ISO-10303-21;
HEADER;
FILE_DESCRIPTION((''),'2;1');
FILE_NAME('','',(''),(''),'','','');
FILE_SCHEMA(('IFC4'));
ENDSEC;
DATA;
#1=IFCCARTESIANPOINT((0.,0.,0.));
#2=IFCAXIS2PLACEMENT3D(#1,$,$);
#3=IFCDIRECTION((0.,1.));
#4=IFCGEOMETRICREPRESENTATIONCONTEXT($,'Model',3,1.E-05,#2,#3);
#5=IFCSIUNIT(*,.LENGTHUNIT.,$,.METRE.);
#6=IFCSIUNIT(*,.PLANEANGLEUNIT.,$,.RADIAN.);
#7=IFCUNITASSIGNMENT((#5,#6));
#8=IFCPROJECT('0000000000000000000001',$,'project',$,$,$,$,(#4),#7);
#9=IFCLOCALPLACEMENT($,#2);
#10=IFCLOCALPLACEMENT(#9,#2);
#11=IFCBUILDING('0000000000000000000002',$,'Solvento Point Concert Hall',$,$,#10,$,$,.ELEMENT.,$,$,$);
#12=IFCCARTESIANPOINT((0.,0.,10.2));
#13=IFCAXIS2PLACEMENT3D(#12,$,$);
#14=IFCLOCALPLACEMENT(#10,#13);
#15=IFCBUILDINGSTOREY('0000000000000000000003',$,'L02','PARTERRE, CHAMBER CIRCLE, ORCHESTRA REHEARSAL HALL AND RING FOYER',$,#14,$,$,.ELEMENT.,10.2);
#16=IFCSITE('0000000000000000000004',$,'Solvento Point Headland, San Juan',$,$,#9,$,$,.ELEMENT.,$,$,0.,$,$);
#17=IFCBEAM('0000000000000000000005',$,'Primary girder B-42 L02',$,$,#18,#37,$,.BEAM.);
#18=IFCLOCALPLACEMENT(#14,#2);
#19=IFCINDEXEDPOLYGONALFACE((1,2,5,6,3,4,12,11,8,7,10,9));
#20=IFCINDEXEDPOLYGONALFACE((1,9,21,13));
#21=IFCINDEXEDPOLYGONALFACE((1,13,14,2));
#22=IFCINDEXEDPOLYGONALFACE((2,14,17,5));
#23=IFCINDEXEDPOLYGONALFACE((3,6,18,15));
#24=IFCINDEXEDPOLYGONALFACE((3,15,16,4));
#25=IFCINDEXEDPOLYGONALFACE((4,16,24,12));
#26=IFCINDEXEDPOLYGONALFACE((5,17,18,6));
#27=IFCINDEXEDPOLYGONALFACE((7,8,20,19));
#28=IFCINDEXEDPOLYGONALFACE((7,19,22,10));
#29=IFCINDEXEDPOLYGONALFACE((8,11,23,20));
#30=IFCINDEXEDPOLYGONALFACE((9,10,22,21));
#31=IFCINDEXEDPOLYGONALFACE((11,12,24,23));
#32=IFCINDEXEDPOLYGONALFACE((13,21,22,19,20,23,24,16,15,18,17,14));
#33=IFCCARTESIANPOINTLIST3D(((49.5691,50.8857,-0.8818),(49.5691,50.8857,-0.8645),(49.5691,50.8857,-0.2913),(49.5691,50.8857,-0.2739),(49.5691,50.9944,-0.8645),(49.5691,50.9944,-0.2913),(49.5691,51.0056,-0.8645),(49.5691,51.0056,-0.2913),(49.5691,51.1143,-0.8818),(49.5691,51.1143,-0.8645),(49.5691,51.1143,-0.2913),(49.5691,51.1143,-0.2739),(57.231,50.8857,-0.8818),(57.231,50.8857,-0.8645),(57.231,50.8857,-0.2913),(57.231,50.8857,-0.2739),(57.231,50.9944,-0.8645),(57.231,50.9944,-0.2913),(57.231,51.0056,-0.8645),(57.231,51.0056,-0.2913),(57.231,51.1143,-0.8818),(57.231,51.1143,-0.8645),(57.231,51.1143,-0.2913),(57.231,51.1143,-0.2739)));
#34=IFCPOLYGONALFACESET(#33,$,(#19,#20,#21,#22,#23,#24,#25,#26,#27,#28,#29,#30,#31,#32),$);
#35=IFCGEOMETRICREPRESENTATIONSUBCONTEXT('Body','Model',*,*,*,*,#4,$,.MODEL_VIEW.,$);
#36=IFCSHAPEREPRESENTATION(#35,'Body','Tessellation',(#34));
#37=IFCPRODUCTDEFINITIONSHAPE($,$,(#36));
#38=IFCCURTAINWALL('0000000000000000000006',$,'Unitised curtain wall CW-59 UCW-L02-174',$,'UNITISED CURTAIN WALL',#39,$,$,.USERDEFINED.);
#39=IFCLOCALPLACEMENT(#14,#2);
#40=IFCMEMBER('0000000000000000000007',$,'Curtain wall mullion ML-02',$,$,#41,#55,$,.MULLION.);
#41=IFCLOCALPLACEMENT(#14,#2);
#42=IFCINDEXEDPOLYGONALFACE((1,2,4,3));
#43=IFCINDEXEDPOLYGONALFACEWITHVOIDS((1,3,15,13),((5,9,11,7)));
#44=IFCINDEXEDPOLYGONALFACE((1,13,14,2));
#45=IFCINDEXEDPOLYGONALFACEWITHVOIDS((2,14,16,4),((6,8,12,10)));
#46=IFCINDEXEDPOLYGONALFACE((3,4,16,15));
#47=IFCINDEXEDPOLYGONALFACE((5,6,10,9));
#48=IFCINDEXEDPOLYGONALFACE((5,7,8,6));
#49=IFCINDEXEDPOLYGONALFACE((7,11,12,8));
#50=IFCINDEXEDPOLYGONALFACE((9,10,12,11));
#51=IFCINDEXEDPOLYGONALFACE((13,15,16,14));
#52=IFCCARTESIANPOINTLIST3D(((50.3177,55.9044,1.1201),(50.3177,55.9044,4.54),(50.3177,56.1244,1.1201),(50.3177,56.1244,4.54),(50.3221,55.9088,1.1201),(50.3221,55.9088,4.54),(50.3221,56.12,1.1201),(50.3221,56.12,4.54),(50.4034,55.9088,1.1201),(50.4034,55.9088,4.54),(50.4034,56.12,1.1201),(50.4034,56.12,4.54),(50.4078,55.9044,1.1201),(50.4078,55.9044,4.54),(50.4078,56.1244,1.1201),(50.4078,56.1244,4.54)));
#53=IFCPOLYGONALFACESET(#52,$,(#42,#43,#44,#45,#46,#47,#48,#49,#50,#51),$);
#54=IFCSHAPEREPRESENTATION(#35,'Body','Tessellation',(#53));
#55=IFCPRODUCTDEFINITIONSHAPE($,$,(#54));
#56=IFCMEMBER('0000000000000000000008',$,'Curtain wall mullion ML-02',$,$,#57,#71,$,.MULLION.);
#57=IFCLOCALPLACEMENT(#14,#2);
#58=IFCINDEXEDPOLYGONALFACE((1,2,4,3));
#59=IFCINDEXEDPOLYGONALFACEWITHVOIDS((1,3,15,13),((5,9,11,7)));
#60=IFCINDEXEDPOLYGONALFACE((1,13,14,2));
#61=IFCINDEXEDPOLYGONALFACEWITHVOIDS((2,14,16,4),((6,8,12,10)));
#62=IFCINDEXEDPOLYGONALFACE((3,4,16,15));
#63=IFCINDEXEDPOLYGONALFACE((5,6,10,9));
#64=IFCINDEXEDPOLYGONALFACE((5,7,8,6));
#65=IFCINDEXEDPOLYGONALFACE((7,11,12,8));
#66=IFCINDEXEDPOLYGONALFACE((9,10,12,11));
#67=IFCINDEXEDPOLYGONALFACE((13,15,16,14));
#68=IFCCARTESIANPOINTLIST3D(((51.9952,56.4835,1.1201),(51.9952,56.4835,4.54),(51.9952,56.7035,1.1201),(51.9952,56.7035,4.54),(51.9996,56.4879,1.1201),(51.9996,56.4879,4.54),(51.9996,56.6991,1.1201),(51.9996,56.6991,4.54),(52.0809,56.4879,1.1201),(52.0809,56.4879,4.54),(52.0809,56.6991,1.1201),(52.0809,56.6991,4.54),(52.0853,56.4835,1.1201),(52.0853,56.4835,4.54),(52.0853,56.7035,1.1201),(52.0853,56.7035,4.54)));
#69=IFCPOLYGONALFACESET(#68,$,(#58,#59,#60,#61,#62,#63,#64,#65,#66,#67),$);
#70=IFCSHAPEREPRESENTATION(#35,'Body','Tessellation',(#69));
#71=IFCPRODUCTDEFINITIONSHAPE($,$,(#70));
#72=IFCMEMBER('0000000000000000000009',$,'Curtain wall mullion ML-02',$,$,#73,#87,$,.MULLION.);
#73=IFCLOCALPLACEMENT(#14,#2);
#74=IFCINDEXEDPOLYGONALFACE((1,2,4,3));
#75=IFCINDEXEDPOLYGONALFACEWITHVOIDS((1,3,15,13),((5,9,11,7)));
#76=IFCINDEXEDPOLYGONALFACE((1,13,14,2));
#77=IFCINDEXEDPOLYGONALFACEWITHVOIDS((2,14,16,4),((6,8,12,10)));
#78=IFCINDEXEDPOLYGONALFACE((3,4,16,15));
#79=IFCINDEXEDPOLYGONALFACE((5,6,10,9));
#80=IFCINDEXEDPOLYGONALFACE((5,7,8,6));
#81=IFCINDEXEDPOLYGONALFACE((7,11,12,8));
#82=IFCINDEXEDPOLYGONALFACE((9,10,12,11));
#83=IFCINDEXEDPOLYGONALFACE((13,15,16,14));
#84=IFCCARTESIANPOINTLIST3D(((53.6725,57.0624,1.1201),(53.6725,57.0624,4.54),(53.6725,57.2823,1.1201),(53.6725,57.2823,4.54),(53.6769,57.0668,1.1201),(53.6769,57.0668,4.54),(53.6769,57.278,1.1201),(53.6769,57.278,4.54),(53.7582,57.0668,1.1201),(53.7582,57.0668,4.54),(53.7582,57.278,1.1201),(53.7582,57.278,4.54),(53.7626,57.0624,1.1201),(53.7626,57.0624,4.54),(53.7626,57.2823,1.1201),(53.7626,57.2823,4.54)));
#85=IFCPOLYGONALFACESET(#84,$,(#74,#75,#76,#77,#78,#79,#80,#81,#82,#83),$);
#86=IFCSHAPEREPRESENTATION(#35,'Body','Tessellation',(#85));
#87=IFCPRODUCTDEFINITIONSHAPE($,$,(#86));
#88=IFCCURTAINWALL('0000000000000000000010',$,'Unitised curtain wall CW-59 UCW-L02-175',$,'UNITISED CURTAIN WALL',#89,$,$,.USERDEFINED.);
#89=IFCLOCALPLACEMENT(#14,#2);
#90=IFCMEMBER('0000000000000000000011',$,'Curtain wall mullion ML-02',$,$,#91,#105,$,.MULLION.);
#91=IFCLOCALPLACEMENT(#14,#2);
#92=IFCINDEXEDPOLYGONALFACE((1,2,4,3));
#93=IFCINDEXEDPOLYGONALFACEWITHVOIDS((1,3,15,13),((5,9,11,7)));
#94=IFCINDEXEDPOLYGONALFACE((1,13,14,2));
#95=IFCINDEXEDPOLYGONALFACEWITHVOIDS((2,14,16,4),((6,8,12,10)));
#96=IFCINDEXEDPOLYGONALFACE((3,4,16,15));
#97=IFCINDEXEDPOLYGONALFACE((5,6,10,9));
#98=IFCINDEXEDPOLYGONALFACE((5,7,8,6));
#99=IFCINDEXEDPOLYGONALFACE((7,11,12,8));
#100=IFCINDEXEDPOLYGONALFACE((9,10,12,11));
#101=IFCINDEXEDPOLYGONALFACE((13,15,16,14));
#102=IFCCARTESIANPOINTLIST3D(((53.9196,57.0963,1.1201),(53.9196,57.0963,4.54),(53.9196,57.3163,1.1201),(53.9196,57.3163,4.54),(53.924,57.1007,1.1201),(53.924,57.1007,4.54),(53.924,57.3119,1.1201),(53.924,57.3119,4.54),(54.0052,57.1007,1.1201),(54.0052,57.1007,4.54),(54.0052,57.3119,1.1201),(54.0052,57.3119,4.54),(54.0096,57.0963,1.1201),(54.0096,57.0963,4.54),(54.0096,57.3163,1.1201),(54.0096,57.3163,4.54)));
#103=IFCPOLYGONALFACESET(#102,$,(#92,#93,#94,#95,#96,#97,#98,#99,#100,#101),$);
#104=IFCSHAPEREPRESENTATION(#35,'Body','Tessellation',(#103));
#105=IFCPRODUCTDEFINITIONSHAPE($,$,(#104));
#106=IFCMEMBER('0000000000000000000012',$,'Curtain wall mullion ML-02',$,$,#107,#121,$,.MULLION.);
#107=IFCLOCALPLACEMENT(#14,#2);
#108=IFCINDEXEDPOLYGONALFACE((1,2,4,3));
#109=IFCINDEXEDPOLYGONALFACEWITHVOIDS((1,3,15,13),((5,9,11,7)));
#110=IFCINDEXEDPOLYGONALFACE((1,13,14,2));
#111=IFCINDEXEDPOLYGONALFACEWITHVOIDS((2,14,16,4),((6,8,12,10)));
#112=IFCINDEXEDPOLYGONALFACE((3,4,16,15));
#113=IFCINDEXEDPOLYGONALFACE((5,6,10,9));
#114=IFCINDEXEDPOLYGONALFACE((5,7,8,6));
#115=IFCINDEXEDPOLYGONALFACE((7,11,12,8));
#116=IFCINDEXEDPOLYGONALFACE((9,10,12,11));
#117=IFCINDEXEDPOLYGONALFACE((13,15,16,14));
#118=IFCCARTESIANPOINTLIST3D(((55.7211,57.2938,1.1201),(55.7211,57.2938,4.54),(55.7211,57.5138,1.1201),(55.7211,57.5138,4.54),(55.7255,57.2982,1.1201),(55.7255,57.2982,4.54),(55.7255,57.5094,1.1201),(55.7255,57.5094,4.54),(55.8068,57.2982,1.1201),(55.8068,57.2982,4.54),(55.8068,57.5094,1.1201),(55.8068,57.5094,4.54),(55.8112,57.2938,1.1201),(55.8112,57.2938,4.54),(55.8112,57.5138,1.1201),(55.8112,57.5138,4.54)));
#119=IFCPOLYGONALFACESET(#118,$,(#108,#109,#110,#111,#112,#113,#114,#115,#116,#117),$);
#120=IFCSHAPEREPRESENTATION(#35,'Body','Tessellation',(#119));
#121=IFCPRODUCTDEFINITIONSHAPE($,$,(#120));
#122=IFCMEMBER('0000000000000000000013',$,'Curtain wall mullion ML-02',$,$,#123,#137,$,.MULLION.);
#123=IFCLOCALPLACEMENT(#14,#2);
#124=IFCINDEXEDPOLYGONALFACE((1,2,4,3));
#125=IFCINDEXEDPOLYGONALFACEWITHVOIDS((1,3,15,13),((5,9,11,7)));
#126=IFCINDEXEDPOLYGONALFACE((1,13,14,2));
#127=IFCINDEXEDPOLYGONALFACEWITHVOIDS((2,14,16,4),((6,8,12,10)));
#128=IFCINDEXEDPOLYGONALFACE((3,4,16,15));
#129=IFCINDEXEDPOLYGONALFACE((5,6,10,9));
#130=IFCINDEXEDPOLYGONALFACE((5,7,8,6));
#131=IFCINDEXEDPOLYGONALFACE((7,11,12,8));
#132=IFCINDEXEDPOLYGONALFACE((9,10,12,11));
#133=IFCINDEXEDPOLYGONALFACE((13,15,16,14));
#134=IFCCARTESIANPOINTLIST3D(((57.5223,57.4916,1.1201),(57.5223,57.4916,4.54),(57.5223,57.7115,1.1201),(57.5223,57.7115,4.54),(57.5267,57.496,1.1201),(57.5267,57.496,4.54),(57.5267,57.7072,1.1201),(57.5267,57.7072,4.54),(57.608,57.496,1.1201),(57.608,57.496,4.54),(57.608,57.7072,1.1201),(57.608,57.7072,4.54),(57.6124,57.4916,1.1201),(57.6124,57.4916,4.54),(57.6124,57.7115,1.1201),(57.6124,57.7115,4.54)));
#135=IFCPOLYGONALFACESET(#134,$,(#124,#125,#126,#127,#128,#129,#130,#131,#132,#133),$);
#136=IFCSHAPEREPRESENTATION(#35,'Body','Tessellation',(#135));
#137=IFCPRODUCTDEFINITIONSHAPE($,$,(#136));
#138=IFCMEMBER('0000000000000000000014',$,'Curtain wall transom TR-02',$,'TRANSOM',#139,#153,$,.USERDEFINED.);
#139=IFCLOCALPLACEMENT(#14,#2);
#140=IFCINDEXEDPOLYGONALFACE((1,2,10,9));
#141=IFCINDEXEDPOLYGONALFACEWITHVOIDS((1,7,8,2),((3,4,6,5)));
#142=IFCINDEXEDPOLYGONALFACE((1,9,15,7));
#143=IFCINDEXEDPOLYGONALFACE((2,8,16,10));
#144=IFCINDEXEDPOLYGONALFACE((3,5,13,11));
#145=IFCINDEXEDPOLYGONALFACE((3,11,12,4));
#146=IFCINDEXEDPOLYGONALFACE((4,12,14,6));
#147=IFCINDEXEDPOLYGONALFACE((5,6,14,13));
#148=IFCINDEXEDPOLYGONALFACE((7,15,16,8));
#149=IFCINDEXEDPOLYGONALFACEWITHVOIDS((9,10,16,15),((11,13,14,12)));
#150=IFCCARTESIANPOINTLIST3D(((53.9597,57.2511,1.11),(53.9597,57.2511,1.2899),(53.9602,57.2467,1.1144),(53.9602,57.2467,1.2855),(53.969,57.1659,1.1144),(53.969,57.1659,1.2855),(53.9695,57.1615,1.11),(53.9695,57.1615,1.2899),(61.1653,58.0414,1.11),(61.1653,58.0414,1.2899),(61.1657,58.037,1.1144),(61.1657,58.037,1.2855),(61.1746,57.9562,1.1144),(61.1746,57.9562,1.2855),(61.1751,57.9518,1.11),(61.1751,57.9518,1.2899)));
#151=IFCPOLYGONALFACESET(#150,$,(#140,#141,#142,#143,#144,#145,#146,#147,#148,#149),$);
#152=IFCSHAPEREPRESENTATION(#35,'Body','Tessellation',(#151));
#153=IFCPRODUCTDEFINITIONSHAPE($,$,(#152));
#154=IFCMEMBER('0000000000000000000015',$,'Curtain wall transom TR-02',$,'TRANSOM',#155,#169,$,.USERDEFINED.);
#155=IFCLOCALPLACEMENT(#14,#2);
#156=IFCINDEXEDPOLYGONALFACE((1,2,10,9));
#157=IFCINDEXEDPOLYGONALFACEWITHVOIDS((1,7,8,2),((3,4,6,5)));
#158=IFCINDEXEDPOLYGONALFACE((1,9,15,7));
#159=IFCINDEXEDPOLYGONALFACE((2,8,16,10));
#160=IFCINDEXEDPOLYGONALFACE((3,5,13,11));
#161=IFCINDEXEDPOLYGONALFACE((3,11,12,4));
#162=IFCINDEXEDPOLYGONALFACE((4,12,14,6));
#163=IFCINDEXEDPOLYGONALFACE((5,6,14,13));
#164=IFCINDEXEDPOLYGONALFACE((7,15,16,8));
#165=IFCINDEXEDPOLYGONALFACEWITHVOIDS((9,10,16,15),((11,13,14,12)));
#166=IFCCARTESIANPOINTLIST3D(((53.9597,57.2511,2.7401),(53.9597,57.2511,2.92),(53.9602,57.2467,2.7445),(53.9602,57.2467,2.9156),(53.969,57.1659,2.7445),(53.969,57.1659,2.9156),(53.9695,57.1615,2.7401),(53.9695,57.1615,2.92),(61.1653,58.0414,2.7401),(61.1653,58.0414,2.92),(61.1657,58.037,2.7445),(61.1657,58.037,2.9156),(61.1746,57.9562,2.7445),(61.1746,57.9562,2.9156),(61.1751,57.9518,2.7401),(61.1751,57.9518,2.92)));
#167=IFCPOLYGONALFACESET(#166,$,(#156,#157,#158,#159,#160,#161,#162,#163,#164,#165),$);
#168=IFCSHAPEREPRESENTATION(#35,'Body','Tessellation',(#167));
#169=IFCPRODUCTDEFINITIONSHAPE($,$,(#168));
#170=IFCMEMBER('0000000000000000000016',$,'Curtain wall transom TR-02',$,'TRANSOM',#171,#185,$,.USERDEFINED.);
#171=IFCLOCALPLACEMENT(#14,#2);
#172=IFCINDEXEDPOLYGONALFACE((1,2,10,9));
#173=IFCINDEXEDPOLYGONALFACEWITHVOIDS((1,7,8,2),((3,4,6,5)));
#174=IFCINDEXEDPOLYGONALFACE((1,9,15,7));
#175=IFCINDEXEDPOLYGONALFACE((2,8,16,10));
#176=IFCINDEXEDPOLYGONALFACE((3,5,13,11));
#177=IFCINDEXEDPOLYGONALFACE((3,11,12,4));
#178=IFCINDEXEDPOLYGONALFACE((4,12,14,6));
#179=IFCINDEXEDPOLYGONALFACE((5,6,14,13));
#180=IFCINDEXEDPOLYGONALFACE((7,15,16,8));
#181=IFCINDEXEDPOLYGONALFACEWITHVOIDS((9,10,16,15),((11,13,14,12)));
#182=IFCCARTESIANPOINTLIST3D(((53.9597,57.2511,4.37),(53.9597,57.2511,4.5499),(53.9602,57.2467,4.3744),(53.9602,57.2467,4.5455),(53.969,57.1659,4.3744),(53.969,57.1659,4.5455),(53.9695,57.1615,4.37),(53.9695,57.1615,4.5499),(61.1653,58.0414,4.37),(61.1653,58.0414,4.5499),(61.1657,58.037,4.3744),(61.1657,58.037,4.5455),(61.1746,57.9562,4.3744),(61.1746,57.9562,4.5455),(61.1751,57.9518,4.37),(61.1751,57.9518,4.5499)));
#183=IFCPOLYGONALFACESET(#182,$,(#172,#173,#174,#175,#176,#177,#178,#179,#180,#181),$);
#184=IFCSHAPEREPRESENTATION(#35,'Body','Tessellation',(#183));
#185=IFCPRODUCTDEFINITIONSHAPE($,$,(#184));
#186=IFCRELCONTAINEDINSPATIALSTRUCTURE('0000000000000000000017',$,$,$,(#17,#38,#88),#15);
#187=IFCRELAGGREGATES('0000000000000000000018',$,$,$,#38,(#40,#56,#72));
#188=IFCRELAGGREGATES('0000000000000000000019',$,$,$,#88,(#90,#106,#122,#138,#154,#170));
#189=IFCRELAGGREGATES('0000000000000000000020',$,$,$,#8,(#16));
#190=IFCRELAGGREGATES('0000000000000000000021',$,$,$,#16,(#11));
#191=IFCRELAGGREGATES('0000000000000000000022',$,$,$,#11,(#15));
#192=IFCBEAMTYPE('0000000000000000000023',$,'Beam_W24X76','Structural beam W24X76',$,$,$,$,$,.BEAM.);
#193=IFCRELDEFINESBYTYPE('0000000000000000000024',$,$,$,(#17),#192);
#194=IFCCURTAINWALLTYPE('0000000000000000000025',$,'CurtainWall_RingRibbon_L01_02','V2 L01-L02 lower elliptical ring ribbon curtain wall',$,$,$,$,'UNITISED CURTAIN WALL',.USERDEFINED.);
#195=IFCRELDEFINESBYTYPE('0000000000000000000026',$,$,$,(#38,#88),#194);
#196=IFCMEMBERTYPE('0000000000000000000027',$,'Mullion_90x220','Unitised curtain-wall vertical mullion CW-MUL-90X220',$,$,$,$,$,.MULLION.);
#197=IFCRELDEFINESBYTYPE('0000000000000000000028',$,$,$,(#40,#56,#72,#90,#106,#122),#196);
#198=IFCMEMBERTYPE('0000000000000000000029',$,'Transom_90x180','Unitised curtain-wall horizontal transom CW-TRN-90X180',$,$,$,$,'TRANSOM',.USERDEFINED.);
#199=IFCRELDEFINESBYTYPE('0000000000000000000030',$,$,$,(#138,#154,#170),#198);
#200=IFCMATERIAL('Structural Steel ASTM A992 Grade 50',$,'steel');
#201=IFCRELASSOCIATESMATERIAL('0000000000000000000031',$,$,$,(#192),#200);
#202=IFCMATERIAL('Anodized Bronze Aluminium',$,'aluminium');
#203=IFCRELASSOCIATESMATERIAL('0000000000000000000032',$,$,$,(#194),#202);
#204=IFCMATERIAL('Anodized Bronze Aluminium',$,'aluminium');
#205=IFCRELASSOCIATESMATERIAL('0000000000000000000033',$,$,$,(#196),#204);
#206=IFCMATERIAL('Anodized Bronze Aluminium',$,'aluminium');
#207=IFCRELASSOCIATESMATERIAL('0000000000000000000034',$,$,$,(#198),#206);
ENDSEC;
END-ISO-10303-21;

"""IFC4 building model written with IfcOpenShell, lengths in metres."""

from ifc_helpers import new_model, si_unit, direction, frame, origin, origin_2d, place, context, subcontext, project, spatial, hollow_rectangle, i_section, extrude, material, material_profile, profile_set, type_object, element, aggregate, save


model = new_model("IFC4")

# Units and contexts
model_context = context("Model", 3, precision=1e-05, world=origin(), true_north=direction((0.0, 1.0)))
body_context = subcontext(model_context, "Body", "Model", "MODEL_VIEW")
ifc_project = project(units=[si_unit("LENGTHUNIT", "METRE"), si_unit("PLANEANGLEUNIT", "RADIAN")], contexts=[model_context])

# Site, building, storey
site_placement = place(None, origin())
site = spatial("IfcSite", under=ifc_project, at=site_placement, Name="Solvento Point Headland, San Juan", CompositionType="ELEMENT", RefElevation=0.0)
building_placement = place(site_placement, origin())
building = spatial("IfcBuilding", under=site, at=building_placement, Name="Solvento Point Concert Hall", CompositionType="ELEMENT")
storey_placement = place(building_placement, frame((0.0, 0.0, 10.2)))
storey = spatial("IfcBuildingStorey", under=building, at=storey_placement, Name="L02", Description="PARTERRE, CHAMBER CIRCLE, ORCHESTRA REHEARSAL HALL AND RING FOYER", CompositionType="ELEMENT", Elevation=10.2)

# Beam
ifc_material_1 = material(Name="Structural Steel ASTM A992 Grade 50", Category="steel")
ifc_material_profile_1 = material_profile(ifc_material_1, i_section(OverallWidth=0.2285, OverallDepth=0.6079, WebThickness=0.0112, FlangeThickness=0.0173, at=origin_2d()), Name="W24X76")
ifc_profile_set_1 = profile_set([ifc_material_profile_1], Name="Structural Steel ASTM A992 Grade 50")
beam_type = type_object("IfcBeamType", Name="Beam_W24X76", Description="Structural beam W24X76", PredefinedType="BEAM", material=ifc_profile_set_1)
beam_placement = place(storey_placement, frame((49.5691, 51.0, -0.5779), z_axis=(1.0, 0.0, 0.0), x_axis=(0.0, 1.0, 0.0)))
element("IfcBeam", 1, at=beam_placement, inside=storey, type_object=beam_type, Name="Primary girder B-42 L02", PredefinedType="BEAM", context=body_context, shape_type="SweptSolid", body=[
    extrude(i_section(OverallWidth=0.2285, OverallDepth=0.6079, WebThickness=0.0112, FlangeThickness=0.0173, at=origin_2d()), origin(), (0.0, 0.0, 1.0), 7.6619),
])

# Curtain walls, members
ifc_material_2 = material(Name="Anodized Bronze Aluminium", Category="aluminium")
curtain_wall_type = type_object("IfcCurtainWallType", Name="CurtainWall_RingRibbon_L01_02", Description="V2 L01-L02 lower elliptical ring ribbon curtain wall", ElementType="UNITISED CURTAIN WALL", PredefinedType="USERDEFINED", material=ifc_material_2)
curtain_wall_1_placement = place(storey_placement, origin())
curtain_wall_1 = element("IfcCurtainWall", 2, at=curtain_wall_1_placement, inside=storey, type_object=curtain_wall_type, Name="Unitised curtain wall CW-59 UCW-L02-174", ObjectType="UNITISED CURTAIN WALL", PredefinedType="USERDEFINED")
ifc_material_3 = material(Name="Anodized Bronze Aluminium", Category="aluminium")
ifc_material_profile_2 = material_profile(ifc_material_3, hollow_rectangle(XDim=0.0901, YDim=0.22, WallThickness=0.0044, at=origin_2d()), Name="CW-MUL-90X220")
ifc_profile_set_2 = profile_set([ifc_material_profile_2], Name="Anodized Bronze Aluminium")
member_type_1 = type_object("IfcMemberType", Name="Mullion_90x220", Description="Unitised curtain-wall vertical mullion CW-MUL-90X220", PredefinedType="MULLION", material=ifc_profile_set_2)
member_1_placement = place(storey_placement, frame((50.3628, 56.0144, 1.1201), z_axis=(0.0, 0.0, 1.0), x_axis=(1.0, 0.0, 0.0)))
member_1 = element("IfcMember", 3, at=member_1_placement, type_object=member_type_1, Name="Curtain wall mullion ML-02", PredefinedType="MULLION", context=body_context, shape_type="SweptSolid", body=[
    extrude(hollow_rectangle(XDim=0.0901, YDim=0.22, WallThickness=0.0044, at=origin_2d()), origin(), (0.0, 0.0, 1.0), 3.4199),
])
member_2_placement = place(storey_placement, frame((52.0403, 56.5935, 1.1201), z_axis=(0.0, 0.0, 1.0), x_axis=(1.0, 0.0, 0.0)))
member_2 = element("IfcMember", 4, at=member_2_placement, type_object=member_type_1, Name="Curtain wall mullion ML-02", PredefinedType="MULLION", context=body_context, shape_type="SweptSolid", body=[
    extrude(hollow_rectangle(XDim=0.0901, YDim=0.22, WallThickness=0.0044, at=origin_2d()), origin(), (0.0, 0.0, 1.0), 3.4199),
])
member_3_placement = place(storey_placement, frame((53.7175, 57.1724, 1.1201), z_axis=(0.0, 0.0, 1.0), x_axis=(1.0, 0.0, 0.0)))
member_3 = element("IfcMember", 5, at=member_3_placement, type_object=member_type_1, Name="Curtain wall mullion ML-02", PredefinedType="MULLION", context=body_context, shape_type="SweptSolid", body=[
    extrude(hollow_rectangle(XDim=0.0901, YDim=0.22, WallThickness=0.0044, at=origin_2d()), origin(), (0.0, 0.0, 1.0), 3.4199),
])
curtain_wall_2_placement = place(storey_placement, origin())
curtain_wall_2 = element("IfcCurtainWall", 6, at=curtain_wall_2_placement, inside=storey, type_object=curtain_wall_type, Name="Unitised curtain wall CW-59 UCW-L02-175", ObjectType="UNITISED CURTAIN WALL", PredefinedType="USERDEFINED")
member_4_placement = place(storey_placement, frame((53.9646, 57.2063, 1.1201), z_axis=(0.0, 0.0, 1.0), x_axis=(1.0, 0.0, 0.0)))
member_4 = element("IfcMember", 7, at=member_4_placement, type_object=member_type_1, Name="Curtain wall mullion ML-02", PredefinedType="MULLION", context=body_context, shape_type="SweptSolid", body=[
    extrude(hollow_rectangle(XDim=0.0901, YDim=0.22, WallThickness=0.0044, at=origin_2d()), origin(), (0.0, 0.0, 1.0), 3.4199),
])
member_5_placement = place(storey_placement, frame((55.7661, 57.4038, 1.1201), z_axis=(0.0, 0.0, 1.0), x_axis=(1.0, 0.0, 0.0)))
member_5 = element("IfcMember", 8, at=member_5_placement, type_object=member_type_1, Name="Curtain wall mullion ML-02", PredefinedType="MULLION", context=body_context, shape_type="SweptSolid", body=[
    extrude(hollow_rectangle(XDim=0.0901, YDim=0.22, WallThickness=0.0044, at=origin_2d()), origin(), (0.0, 0.0, 1.0), 3.4199),
])
member_6_placement = place(storey_placement, frame((57.5674, 57.6016, 1.1201), z_axis=(0.0, 0.0, 1.0), x_axis=(1.0, 0.0, 0.0)))
member_6 = element("IfcMember", 9, at=member_6_placement, type_object=member_type_1, Name="Curtain wall mullion ML-02", PredefinedType="MULLION", context=body_context, shape_type="SweptSolid", body=[
    extrude(hollow_rectangle(XDim=0.0901, YDim=0.22, WallThickness=0.0044, at=origin_2d()), origin(), (0.0, 0.0, 1.0), 3.4199),
])
ifc_material_4 = material(Name="Anodized Bronze Aluminium", Category="aluminium")
ifc_material_profile_3 = material_profile(ifc_material_4, hollow_rectangle(XDim=0.0901, YDim=0.1799, WallThickness=0.0044, at=origin_2d()), Name="CW-TRN-90X180")
ifc_profile_set_3 = profile_set([ifc_material_profile_3], Name="Anodized Bronze Aluminium")
member_type_2 = type_object("IfcMemberType", Name="Transom_90x180", Description="Unitised curtain-wall horizontal transom CW-TRN-90X180", ElementType="TRANSOM", PredefinedType="USERDEFINED", material=ifc_profile_set_3)
member_7_placement = place(storey_placement, frame((53.9646, 57.2063, 1.2), z_axis=(0.994039, 0.109023, 0.0), x_axis=(-0.109023, 0.994039, 0.0)))
member_7 = element("IfcMember", 10, at=member_7_placement, type_object=member_type_2, Name="Curtain wall transom TR-02", ObjectType="TRANSOM", PredefinedType="USERDEFINED", context=body_context, shape_type="SweptSolid", body=[
    extrude(hollow_rectangle(XDim=0.0901, YDim=0.1799, WallThickness=0.0044, at=origin_2d()), origin(), (0.0, 0.0, 1.0), 7.2488),
])
member_8_placement = place(storey_placement, frame((53.9646, 57.2063, 2.8301), z_axis=(0.994039, 0.109023, 0.0), x_axis=(-0.109023, 0.994039, 0.0)))
member_8 = element("IfcMember", 11, at=member_8_placement, type_object=member_type_2, Name="Curtain wall transom TR-02", ObjectType="TRANSOM", PredefinedType="USERDEFINED", context=body_context, shape_type="SweptSolid", body=[
    extrude(hollow_rectangle(XDim=0.0901, YDim=0.1799, WallThickness=0.0044, at=origin_2d()), origin(), (0.0, 0.0, 1.0), 7.2488),
])
member_9_placement = place(storey_placement, frame((53.9646, 57.2063, 4.46), z_axis=(0.994039, 0.109023, 0.0), x_axis=(-0.109023, 0.994039, 0.0)))
member_9 = element("IfcMember", 12, at=member_9_placement, type_object=member_type_2, Name="Curtain wall transom TR-02", ObjectType="TRANSOM", PredefinedType="USERDEFINED", context=body_context, shape_type="SweptSolid", body=[
    extrude(hollow_rectangle(XDim=0.0901, YDim=0.1799, WallThickness=0.0044, at=origin_2d()), origin(), (0.0, 0.0, 1.0), 7.2488),
])

aggregate(curtain_wall_1, [member_1, member_2, member_3])
aggregate(curtain_wall_2, [member_4, member_5, member_6, member_7, member_8, member_9])

save(model, "model.ifc")
